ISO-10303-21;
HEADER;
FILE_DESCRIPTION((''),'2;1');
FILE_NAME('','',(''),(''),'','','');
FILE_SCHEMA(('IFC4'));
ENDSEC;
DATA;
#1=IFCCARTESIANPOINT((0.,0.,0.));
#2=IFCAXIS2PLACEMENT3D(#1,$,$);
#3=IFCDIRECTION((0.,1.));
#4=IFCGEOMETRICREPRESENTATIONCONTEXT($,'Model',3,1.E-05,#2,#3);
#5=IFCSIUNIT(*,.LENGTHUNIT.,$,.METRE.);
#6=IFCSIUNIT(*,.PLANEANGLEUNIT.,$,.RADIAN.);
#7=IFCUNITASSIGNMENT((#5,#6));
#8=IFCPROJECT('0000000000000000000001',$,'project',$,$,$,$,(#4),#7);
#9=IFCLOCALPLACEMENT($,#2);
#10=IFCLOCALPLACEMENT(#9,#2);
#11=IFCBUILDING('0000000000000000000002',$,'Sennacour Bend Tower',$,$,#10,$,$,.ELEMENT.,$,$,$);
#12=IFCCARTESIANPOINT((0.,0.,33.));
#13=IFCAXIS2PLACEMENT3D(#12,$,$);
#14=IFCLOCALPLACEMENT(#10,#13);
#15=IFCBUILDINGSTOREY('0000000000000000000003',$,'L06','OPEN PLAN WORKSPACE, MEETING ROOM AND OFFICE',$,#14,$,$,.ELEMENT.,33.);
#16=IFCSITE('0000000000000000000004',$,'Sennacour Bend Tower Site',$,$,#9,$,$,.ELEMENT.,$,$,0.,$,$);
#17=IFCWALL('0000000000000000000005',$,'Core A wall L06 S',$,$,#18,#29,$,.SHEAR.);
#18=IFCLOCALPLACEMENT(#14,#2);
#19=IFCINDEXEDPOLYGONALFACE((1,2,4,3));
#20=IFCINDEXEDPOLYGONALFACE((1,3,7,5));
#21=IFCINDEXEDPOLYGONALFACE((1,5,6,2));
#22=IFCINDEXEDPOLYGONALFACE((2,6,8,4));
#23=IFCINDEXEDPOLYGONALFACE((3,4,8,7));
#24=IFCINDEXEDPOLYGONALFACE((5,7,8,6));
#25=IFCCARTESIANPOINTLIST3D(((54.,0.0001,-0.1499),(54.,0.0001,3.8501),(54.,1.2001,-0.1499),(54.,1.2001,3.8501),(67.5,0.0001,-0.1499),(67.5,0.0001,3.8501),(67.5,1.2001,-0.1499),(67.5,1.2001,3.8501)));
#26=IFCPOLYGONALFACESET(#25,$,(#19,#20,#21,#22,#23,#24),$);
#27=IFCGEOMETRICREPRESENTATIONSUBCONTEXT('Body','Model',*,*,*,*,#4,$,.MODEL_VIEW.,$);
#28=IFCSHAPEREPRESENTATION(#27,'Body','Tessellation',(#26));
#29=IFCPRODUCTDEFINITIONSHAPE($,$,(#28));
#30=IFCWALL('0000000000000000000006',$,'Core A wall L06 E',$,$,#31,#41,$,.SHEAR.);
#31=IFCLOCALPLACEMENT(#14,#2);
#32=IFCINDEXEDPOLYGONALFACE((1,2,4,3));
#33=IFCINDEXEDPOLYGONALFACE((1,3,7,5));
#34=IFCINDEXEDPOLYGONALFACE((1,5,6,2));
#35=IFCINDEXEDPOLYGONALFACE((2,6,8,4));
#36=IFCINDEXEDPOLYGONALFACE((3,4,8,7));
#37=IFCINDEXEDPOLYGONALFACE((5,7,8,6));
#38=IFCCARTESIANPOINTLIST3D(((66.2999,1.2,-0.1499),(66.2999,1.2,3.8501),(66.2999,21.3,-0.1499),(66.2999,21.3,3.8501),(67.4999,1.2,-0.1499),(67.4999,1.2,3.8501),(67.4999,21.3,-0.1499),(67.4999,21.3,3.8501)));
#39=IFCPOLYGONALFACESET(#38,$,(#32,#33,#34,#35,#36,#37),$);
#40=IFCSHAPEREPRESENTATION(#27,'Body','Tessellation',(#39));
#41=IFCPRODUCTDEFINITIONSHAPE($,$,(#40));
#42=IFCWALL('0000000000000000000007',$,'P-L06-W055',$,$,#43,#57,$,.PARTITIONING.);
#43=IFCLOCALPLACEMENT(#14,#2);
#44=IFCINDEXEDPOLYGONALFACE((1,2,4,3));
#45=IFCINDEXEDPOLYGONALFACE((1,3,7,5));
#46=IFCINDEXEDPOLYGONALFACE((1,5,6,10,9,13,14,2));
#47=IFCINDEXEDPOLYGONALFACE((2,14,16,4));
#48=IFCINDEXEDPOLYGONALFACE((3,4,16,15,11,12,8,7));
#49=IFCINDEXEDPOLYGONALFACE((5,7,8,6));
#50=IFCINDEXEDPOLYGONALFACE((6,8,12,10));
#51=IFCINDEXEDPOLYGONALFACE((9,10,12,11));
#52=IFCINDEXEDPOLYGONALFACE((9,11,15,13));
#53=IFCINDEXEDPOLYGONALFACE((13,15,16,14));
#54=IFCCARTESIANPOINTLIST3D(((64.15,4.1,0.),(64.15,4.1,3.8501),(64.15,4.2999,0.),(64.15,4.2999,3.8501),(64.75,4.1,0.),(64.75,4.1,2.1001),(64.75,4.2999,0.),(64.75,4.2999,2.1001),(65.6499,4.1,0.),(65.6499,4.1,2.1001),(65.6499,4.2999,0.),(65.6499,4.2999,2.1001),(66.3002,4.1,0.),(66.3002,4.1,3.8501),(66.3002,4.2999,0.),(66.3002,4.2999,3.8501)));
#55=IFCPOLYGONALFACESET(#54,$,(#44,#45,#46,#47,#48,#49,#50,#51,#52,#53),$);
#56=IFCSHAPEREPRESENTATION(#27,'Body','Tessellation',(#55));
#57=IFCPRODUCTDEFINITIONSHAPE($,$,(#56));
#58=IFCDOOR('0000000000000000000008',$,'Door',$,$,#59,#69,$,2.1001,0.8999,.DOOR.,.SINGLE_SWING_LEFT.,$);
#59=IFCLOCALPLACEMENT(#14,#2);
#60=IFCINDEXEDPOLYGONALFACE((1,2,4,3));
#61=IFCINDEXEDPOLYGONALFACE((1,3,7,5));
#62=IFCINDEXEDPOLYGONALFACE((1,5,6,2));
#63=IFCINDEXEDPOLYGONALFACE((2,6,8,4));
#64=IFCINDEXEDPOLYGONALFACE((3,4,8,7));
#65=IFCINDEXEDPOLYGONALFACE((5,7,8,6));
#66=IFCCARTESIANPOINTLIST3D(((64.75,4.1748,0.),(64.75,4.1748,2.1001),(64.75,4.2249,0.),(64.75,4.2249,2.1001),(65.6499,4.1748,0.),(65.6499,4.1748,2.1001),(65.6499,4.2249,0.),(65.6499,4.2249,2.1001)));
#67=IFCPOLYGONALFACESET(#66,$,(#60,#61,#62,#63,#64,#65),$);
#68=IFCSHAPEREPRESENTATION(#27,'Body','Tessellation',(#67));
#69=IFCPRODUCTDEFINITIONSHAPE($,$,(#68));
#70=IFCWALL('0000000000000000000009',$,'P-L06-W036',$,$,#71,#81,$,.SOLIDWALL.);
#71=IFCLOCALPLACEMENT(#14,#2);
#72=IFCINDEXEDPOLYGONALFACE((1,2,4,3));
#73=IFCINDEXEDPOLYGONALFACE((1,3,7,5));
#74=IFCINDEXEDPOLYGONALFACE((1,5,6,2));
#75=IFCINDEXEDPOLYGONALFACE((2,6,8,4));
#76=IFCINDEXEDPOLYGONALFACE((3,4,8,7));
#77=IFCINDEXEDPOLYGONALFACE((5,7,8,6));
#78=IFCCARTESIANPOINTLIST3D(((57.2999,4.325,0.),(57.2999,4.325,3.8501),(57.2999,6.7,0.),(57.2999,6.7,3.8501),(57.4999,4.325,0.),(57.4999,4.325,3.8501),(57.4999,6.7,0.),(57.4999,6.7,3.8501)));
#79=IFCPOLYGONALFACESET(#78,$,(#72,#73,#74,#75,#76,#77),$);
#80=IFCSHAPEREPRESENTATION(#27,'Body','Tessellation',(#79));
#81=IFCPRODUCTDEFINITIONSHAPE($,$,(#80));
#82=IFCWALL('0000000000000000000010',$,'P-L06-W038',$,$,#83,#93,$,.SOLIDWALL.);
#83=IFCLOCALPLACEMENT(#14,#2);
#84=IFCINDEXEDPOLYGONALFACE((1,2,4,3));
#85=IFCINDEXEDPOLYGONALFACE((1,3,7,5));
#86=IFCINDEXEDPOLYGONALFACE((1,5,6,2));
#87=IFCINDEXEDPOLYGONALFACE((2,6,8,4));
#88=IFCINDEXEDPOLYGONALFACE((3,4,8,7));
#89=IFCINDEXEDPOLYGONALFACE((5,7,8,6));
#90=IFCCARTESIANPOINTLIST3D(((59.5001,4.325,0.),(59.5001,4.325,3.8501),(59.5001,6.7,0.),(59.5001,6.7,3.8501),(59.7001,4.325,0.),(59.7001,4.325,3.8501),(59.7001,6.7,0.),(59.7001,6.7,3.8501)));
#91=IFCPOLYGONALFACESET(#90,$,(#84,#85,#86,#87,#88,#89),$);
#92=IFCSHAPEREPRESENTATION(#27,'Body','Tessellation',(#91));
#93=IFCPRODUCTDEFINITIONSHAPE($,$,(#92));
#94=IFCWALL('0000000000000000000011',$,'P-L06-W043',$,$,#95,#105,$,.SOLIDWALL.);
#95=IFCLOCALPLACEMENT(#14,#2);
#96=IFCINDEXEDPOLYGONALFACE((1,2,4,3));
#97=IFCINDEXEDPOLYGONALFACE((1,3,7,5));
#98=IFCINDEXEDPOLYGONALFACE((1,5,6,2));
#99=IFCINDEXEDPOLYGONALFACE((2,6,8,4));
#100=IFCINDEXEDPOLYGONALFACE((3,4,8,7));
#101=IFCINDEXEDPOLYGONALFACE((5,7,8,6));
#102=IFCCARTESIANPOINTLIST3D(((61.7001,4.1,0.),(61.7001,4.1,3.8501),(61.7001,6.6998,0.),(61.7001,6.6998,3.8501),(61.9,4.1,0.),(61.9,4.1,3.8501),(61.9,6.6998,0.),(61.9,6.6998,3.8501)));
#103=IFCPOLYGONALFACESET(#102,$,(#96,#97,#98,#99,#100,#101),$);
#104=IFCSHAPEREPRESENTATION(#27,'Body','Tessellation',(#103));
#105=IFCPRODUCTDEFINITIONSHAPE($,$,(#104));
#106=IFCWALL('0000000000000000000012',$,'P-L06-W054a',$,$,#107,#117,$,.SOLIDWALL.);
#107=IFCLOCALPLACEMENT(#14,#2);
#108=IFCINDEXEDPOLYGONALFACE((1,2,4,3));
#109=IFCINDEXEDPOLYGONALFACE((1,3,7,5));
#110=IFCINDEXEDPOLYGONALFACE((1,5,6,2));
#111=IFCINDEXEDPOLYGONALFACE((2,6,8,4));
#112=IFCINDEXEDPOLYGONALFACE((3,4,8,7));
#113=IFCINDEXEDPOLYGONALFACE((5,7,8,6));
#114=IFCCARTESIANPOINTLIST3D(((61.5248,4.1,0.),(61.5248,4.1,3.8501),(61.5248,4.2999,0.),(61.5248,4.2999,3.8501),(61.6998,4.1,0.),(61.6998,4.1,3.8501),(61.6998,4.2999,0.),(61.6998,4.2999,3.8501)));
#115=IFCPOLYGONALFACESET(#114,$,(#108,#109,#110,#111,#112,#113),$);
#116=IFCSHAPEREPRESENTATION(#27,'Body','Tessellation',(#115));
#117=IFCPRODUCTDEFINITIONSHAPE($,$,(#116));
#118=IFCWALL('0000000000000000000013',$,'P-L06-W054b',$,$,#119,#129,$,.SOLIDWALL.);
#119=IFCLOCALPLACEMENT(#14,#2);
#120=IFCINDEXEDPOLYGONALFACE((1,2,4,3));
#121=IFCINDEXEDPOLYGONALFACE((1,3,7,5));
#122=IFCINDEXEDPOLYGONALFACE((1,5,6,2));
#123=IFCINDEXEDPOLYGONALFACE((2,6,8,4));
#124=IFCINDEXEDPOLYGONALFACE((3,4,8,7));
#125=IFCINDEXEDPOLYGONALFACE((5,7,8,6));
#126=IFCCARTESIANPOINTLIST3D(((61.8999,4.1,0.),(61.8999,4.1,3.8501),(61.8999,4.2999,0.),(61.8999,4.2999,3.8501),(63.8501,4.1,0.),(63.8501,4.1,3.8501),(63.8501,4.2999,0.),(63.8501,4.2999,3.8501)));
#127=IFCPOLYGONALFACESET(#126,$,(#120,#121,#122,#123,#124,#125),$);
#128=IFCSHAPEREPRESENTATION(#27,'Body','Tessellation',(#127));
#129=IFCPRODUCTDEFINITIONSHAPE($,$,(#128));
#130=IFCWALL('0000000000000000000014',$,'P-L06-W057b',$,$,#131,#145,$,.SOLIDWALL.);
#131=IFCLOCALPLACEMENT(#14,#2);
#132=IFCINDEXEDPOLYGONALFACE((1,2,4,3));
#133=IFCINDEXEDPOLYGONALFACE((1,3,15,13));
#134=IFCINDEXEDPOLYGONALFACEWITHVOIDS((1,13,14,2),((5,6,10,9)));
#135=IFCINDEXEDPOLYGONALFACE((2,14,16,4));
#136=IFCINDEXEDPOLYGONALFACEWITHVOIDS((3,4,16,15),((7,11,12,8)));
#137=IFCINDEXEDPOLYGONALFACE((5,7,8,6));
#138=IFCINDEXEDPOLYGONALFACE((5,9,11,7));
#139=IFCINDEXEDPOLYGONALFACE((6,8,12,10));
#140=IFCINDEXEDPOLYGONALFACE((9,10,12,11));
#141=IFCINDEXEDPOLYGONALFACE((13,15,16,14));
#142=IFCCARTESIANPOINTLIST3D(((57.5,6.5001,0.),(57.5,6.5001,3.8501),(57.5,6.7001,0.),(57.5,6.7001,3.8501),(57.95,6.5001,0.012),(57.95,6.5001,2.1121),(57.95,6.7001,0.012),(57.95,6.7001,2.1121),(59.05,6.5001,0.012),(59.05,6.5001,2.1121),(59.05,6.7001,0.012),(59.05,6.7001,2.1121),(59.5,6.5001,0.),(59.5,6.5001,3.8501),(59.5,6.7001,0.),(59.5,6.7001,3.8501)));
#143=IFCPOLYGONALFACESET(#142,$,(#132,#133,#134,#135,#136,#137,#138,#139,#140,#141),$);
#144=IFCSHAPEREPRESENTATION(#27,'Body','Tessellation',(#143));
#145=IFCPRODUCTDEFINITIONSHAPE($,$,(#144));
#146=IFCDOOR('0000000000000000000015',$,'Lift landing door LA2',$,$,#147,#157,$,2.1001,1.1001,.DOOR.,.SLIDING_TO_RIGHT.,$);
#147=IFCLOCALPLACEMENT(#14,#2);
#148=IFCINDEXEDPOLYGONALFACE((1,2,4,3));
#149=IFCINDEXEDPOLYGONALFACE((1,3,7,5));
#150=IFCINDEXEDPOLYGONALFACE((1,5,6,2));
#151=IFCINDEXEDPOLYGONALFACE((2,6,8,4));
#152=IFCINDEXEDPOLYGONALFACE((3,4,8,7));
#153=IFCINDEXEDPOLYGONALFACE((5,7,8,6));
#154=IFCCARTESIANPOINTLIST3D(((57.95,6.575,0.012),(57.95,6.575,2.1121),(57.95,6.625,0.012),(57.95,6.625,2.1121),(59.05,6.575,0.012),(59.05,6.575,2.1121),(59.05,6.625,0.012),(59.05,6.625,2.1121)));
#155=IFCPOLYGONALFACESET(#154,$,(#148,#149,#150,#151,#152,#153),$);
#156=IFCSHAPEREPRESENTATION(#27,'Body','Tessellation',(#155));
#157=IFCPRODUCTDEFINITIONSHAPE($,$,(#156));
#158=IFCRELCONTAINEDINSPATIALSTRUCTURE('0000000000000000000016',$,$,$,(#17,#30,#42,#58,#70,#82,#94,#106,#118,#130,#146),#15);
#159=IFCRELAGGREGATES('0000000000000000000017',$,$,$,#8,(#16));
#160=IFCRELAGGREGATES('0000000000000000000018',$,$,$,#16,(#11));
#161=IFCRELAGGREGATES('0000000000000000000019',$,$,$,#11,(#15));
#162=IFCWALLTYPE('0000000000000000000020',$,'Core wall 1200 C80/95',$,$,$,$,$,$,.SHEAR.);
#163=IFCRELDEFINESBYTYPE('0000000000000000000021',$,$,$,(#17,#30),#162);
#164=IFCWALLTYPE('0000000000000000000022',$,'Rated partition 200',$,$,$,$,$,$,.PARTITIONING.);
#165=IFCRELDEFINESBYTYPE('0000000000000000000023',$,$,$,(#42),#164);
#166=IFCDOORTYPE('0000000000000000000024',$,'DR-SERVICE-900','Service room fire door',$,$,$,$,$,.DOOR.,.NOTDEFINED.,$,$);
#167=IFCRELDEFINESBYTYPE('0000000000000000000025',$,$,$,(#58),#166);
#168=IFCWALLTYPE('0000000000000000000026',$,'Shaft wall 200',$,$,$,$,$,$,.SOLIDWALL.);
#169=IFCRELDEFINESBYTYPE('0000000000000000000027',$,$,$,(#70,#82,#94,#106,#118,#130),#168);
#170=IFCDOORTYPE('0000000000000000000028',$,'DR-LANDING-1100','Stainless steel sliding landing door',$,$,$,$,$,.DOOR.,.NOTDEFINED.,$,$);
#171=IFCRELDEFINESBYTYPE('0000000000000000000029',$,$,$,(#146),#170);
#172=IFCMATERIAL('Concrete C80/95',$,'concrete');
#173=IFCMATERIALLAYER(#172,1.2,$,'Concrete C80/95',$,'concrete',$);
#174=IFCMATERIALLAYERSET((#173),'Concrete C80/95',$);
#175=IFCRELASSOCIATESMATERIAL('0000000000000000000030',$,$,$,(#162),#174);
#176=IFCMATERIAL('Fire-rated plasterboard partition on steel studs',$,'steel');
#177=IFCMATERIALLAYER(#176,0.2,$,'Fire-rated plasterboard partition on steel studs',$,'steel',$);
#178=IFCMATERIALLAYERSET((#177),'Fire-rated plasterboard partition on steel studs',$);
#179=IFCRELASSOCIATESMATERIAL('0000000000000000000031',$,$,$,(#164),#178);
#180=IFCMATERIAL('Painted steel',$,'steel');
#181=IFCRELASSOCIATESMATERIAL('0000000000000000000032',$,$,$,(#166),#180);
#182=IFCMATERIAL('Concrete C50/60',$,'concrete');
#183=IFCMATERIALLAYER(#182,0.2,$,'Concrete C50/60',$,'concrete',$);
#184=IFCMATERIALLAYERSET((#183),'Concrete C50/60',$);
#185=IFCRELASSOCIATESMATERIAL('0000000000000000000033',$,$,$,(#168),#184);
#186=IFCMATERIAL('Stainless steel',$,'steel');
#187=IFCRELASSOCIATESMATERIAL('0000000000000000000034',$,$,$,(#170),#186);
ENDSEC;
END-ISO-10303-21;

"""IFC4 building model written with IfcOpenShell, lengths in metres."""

from ifc_helpers import new_model, si_unit, direction, frame, frame_2d, origin, place, context, subcontext, project, spatial, rectangle, extrude, material, layer, layer_set, type_object, element, fill, save


model = new_model("IFC4")

# Units and contexts
model_context = context("Model", 3, precision=1e-05, world=origin(), true_north=direction((0.0, 1.0)))
body_context = subcontext(model_context, "Body", "Model", "MODEL_VIEW")
ifc_project = project(units=[si_unit("LENGTHUNIT", "METRE"), si_unit("PLANEANGLEUNIT", "RADIAN")], contexts=[model_context])

# Site, building, storey
site_placement = place(None, origin())
site = spatial("IfcSite", under=ifc_project, at=site_placement, Name="Sennacour Bend Tower Site", CompositionType="ELEMENT", RefElevation=0.0)
building_placement = place(site_placement, origin())
building = spatial("IfcBuilding", under=site, at=building_placement, Name="Sennacour Bend Tower", CompositionType="ELEMENT")
storey_placement = place(building_placement, frame((0.0, 0.0, 33.0)))
storey = spatial("IfcBuildingStorey", under=building, at=storey_placement, Name="L06", Description="OPEN PLAN WORKSPACE, MEETING ROOM AND OFFICE", CompositionType="ELEMENT", Elevation=33.0)

# Walls
ifc_material_1 = material(Name="Concrete C80/95", Category="concrete")
ifc_layer_1 = layer(ifc_material_1, 1.2, Name="Concrete C80/95", Category="concrete")
ifc_layer_set_1 = layer_set([ifc_layer_1], Name="Concrete C80/95")
wall_type_1 = type_object("IfcWallType", Name="Core wall 1200 C80/95", PredefinedType="SHEAR", material=ifc_layer_set_1)
wall_1_placement = place(storey_placement, frame((67.5, 0.6001, -0.1499), z_axis=(0.0, 0.0, 1.0), x_axis=(-1.0, 0.0, 0.0)))
element("IfcWall", 1, at=wall_1_placement, inside=storey, type_object=wall_type_1, Name="Core A wall L06 S", PredefinedType="SHEAR", context=body_context, shape_type="SweptSolid", body=[
    extrude(rectangle(XDim=13.5, YDim=1.2, at=frame_2d((6.75, 0.0))), origin(), (0.0, 0.0, 1.0), 4.0),
])
wall_2_placement = place(storey_placement, frame((66.8999, 1.2, -0.1499), z_axis=(0.0, 0.0, 1.0), x_axis=(0.0, 1.0, 0.0)))
element("IfcWall", 2, at=wall_2_placement, inside=storey, type_object=wall_type_1, Name="Core A wall L06 E", PredefinedType="SHEAR", context=body_context, shape_type="SweptSolid", body=[
    extrude(rectangle(XDim=20.1001, YDim=1.2, at=frame_2d((10.05, 0.0))), origin(), (0.0, 0.0, 1.0), 4.0),
])

# Wall, opening, door
ifc_material_2 = material(Name="Fire-rated plasterboard partition on steel studs", Category="steel")
ifc_layer_2 = layer(ifc_material_2, 0.2, Name="Fire-rated plasterboard partition on steel studs", Category="steel")
ifc_layer_set_2 = layer_set([ifc_layer_2], Name="Fire-rated plasterboard partition on steel studs")
wall_type_2 = type_object("IfcWallType", Name="Rated partition 200", PredefinedType="PARTITIONING", material=ifc_layer_set_2)
wall_3_placement = place(storey_placement, frame((64.1499, 4.2, 0.0), z_axis=(0.0, 0.0, 1.0), x_axis=(1.0, 0.0, 0.0)))
wall_3 = element("IfcWall", 3, at=wall_3_placement, inside=storey, type_object=wall_type_2, Name="P-L06-W055", PredefinedType="PARTITIONING", context=body_context, shape_type="SweptSolid", body=[
    extrude(rectangle(XDim=2.1501, YDim=0.2, at=frame_2d((1.0752, 0.0))), origin(), (0.0, 0.0, 1.0), 3.8501),
])
opening_1_placement = place(wall_3_placement, frame((0.6001, 0.0, 0.0)))
opening_1 = element("IfcOpeningElement", 4, at=opening_1_placement, cuts=wall_3, PredefinedType="OPENING", context=body_context, shape_type="SweptSolid", body=[
    extrude(rectangle(XDim=0.8999, YDim=2.1001, at=frame_2d((0.45, 1.05))), frame((0.0, 0.1099, 0.0), z_axis=(0.0, -1.0, 0.0), x_axis=(1.0, 0.0, 0.0)), (0.0, 0.0, 1.0), 0.22),
])
ifc_material_3 = material(Name="Painted steel", Category="steel")
door_type_1 = type_object("IfcDoorType", Name="DR-SERVICE-900", Description="Service room fire door", OperationType="NOTDEFINED", PredefinedType="DOOR", material=ifc_material_3)
door_1_placement = place(opening_1_placement, origin())
door_1 = element("IfcDoor", 5, at=door_1_placement, inside=storey, type_object=door_type_1, Name="Door", OperationType="SINGLE_SWING_LEFT", OverallHeight=2.1001, OverallWidth=0.8999, PredefinedType="DOOR", context=body_context, shape_type="SweptSolid", body=[
    extrude(rectangle(XDim=0.8999, YDim=2.1001, at=frame_2d((0.45, 1.05))), frame((0.0, 0.0249, 0.0), z_axis=(0.0, -1.0, 0.0), x_axis=(1.0, 0.0, 0.0)), (0.0, 0.0, 1.0), 0.05),
])
fill(opening_1, door_1)

# Walls
ifc_material_4 = material(Name="Concrete C50/60", Category="concrete")
ifc_layer_3 = layer(ifc_material_4, 0.2, Name="Concrete C50/60", Category="concrete")
ifc_layer_set_3 = layer_set([ifc_layer_3], Name="Concrete C50/60")
wall_type_3 = type_object("IfcWallType", Name="Shaft wall 200", PredefinedType="SOLIDWALL", material=ifc_layer_set_3)
for number, where, z_axis, x_axis, name in (
    (6, (57.3999, 4.325, 0.0), (0.0, 0.0, 1.0), (0.0, 1.0, 0.0), "P-L06-W036"),
    (7, (59.6001, 4.325, 0.0), (0.0, 0.0, 1.0), (0.0, 1.0, 0.0), "P-L06-W038"),
):
    element("IfcWall", number, at=place(storey_placement, frame(where, z_axis=z_axis, x_axis=x_axis)), inside=storey, type_object=wall_type_3, Name=name, PredefinedType="SOLIDWALL", context=body_context, shape_type="SweptSolid", body=[
        extrude(rectangle(XDim=2.375, YDim=0.2, at=frame_2d((1.1875, 0.0))), origin(), (0.0, 0.0, 1.0), 3.8501),
    ])
wall_4_placement = place(storey_placement, frame((61.8, 4.1001, 0.0), z_axis=(0.0, 0.0, 1.0), x_axis=(0.0, 1.0, 0.0)))
element("IfcWall", 8, at=wall_4_placement, inside=storey, type_object=wall_type_3, Name="P-L06-W043", PredefinedType="SOLIDWALL", context=body_context, shape_type="SweptSolid", body=[
    extrude(rectangle(XDim=2.5999, YDim=0.2, at=frame_2d((1.2998, 0.0))), origin(), (0.0, 0.0, 1.0), 3.8501),
])
wall_5_placement = place(storey_placement, frame((61.5249, 4.2, 0.0), z_axis=(0.0, 0.0, 1.0), x_axis=(1.0, 0.0, 0.0)))
element("IfcWall", 9, at=wall_5_placement, inside=storey, type_object=wall_type_3, Name="P-L06-W054a", PredefinedType="SOLIDWALL", context=body_context, shape_type="SweptSolid", body=[
    extrude(rectangle(XDim=0.175, YDim=0.2, at=frame_2d((0.0874, 0.0))), origin(), (0.0, 0.0, 1.0), 3.8501),
])
wall_6_placement = place(storey_placement, frame((61.8999, 4.2, 0.0), z_axis=(0.0, 0.0, 1.0), x_axis=(1.0, 0.0, 0.0)))
element("IfcWall", 10, at=wall_6_placement, inside=storey, type_object=wall_type_3, Name="P-L06-W054b", PredefinedType="SOLIDWALL", context=body_context, shape_type="SweptSolid", body=[
    extrude(rectangle(XDim=1.9502, YDim=0.2, at=frame_2d((0.9751, 0.0))), origin(), (0.0, 0.0, 1.0), 3.8501),
])

# Wall, opening, door
wall_7_placement = place(storey_placement, frame((57.5, 6.6001, 0.0), z_axis=(0.0, 0.0, 1.0), x_axis=(1.0, 0.0, 0.0)))
wall_7 = element("IfcWall", 11, at=wall_7_placement, inside=storey, type_object=wall_type_3, Name="P-L06-W057b", PredefinedType="SOLIDWALL", context=body_context, shape_type="SweptSolid", body=[
    extrude(rectangle(XDim=2.0, YDim=0.2, at=frame_2d((1.0, 0.0))), origin(), (0.0, 0.0, 1.0), 3.8501),
])
opening_2_placement = place(wall_7_placement, frame((0.45, 0.0, 0.012)))
opening_2 = element("IfcOpeningElement", 12, at=opening_2_placement, cuts=wall_7, PredefinedType="OPENING", context=body_context, shape_type="SweptSolid", body=[
    extrude(rectangle(XDim=1.1001, YDim=2.1001, at=frame_2d((0.55, 1.05))), frame((0.0, 0.1099, 0.0), z_axis=(0.0, -1.0, 0.0), x_axis=(1.0, 0.0, 0.0)), (0.0, 0.0, 1.0), 0.22),
])
ifc_material_5 = material(Name="Stainless steel", Category="steel")
door_type_2 = type_object("IfcDoorType", Name="DR-LANDING-1100", Description="Stainless steel sliding landing door", OperationType="NOTDEFINED", PredefinedType="DOOR", material=ifc_material_5)
door_2_placement = place(opening_2_placement, origin())
door_2 = element("IfcDoor", 13, at=door_2_placement, inside=storey, type_object=door_type_2, Name="Lift landing door LA2", OperationType="SLIDING_TO_RIGHT", OverallHeight=2.1001, OverallWidth=1.1001, PredefinedType="DOOR", context=body_context, shape_type="SweptSolid", body=[
    extrude(rectangle(XDim=1.1001, YDim=2.1001, at=frame_2d((0.55, 1.05))), frame((0.0, 0.0249, 0.0), z_axis=(0.0, -1.0, 0.0), x_axis=(1.0, 0.0, 0.0)), (0.0, 0.0, 1.0), 0.05),
])
fill(opening_2, door_2)

save(model, "model.ifc")
